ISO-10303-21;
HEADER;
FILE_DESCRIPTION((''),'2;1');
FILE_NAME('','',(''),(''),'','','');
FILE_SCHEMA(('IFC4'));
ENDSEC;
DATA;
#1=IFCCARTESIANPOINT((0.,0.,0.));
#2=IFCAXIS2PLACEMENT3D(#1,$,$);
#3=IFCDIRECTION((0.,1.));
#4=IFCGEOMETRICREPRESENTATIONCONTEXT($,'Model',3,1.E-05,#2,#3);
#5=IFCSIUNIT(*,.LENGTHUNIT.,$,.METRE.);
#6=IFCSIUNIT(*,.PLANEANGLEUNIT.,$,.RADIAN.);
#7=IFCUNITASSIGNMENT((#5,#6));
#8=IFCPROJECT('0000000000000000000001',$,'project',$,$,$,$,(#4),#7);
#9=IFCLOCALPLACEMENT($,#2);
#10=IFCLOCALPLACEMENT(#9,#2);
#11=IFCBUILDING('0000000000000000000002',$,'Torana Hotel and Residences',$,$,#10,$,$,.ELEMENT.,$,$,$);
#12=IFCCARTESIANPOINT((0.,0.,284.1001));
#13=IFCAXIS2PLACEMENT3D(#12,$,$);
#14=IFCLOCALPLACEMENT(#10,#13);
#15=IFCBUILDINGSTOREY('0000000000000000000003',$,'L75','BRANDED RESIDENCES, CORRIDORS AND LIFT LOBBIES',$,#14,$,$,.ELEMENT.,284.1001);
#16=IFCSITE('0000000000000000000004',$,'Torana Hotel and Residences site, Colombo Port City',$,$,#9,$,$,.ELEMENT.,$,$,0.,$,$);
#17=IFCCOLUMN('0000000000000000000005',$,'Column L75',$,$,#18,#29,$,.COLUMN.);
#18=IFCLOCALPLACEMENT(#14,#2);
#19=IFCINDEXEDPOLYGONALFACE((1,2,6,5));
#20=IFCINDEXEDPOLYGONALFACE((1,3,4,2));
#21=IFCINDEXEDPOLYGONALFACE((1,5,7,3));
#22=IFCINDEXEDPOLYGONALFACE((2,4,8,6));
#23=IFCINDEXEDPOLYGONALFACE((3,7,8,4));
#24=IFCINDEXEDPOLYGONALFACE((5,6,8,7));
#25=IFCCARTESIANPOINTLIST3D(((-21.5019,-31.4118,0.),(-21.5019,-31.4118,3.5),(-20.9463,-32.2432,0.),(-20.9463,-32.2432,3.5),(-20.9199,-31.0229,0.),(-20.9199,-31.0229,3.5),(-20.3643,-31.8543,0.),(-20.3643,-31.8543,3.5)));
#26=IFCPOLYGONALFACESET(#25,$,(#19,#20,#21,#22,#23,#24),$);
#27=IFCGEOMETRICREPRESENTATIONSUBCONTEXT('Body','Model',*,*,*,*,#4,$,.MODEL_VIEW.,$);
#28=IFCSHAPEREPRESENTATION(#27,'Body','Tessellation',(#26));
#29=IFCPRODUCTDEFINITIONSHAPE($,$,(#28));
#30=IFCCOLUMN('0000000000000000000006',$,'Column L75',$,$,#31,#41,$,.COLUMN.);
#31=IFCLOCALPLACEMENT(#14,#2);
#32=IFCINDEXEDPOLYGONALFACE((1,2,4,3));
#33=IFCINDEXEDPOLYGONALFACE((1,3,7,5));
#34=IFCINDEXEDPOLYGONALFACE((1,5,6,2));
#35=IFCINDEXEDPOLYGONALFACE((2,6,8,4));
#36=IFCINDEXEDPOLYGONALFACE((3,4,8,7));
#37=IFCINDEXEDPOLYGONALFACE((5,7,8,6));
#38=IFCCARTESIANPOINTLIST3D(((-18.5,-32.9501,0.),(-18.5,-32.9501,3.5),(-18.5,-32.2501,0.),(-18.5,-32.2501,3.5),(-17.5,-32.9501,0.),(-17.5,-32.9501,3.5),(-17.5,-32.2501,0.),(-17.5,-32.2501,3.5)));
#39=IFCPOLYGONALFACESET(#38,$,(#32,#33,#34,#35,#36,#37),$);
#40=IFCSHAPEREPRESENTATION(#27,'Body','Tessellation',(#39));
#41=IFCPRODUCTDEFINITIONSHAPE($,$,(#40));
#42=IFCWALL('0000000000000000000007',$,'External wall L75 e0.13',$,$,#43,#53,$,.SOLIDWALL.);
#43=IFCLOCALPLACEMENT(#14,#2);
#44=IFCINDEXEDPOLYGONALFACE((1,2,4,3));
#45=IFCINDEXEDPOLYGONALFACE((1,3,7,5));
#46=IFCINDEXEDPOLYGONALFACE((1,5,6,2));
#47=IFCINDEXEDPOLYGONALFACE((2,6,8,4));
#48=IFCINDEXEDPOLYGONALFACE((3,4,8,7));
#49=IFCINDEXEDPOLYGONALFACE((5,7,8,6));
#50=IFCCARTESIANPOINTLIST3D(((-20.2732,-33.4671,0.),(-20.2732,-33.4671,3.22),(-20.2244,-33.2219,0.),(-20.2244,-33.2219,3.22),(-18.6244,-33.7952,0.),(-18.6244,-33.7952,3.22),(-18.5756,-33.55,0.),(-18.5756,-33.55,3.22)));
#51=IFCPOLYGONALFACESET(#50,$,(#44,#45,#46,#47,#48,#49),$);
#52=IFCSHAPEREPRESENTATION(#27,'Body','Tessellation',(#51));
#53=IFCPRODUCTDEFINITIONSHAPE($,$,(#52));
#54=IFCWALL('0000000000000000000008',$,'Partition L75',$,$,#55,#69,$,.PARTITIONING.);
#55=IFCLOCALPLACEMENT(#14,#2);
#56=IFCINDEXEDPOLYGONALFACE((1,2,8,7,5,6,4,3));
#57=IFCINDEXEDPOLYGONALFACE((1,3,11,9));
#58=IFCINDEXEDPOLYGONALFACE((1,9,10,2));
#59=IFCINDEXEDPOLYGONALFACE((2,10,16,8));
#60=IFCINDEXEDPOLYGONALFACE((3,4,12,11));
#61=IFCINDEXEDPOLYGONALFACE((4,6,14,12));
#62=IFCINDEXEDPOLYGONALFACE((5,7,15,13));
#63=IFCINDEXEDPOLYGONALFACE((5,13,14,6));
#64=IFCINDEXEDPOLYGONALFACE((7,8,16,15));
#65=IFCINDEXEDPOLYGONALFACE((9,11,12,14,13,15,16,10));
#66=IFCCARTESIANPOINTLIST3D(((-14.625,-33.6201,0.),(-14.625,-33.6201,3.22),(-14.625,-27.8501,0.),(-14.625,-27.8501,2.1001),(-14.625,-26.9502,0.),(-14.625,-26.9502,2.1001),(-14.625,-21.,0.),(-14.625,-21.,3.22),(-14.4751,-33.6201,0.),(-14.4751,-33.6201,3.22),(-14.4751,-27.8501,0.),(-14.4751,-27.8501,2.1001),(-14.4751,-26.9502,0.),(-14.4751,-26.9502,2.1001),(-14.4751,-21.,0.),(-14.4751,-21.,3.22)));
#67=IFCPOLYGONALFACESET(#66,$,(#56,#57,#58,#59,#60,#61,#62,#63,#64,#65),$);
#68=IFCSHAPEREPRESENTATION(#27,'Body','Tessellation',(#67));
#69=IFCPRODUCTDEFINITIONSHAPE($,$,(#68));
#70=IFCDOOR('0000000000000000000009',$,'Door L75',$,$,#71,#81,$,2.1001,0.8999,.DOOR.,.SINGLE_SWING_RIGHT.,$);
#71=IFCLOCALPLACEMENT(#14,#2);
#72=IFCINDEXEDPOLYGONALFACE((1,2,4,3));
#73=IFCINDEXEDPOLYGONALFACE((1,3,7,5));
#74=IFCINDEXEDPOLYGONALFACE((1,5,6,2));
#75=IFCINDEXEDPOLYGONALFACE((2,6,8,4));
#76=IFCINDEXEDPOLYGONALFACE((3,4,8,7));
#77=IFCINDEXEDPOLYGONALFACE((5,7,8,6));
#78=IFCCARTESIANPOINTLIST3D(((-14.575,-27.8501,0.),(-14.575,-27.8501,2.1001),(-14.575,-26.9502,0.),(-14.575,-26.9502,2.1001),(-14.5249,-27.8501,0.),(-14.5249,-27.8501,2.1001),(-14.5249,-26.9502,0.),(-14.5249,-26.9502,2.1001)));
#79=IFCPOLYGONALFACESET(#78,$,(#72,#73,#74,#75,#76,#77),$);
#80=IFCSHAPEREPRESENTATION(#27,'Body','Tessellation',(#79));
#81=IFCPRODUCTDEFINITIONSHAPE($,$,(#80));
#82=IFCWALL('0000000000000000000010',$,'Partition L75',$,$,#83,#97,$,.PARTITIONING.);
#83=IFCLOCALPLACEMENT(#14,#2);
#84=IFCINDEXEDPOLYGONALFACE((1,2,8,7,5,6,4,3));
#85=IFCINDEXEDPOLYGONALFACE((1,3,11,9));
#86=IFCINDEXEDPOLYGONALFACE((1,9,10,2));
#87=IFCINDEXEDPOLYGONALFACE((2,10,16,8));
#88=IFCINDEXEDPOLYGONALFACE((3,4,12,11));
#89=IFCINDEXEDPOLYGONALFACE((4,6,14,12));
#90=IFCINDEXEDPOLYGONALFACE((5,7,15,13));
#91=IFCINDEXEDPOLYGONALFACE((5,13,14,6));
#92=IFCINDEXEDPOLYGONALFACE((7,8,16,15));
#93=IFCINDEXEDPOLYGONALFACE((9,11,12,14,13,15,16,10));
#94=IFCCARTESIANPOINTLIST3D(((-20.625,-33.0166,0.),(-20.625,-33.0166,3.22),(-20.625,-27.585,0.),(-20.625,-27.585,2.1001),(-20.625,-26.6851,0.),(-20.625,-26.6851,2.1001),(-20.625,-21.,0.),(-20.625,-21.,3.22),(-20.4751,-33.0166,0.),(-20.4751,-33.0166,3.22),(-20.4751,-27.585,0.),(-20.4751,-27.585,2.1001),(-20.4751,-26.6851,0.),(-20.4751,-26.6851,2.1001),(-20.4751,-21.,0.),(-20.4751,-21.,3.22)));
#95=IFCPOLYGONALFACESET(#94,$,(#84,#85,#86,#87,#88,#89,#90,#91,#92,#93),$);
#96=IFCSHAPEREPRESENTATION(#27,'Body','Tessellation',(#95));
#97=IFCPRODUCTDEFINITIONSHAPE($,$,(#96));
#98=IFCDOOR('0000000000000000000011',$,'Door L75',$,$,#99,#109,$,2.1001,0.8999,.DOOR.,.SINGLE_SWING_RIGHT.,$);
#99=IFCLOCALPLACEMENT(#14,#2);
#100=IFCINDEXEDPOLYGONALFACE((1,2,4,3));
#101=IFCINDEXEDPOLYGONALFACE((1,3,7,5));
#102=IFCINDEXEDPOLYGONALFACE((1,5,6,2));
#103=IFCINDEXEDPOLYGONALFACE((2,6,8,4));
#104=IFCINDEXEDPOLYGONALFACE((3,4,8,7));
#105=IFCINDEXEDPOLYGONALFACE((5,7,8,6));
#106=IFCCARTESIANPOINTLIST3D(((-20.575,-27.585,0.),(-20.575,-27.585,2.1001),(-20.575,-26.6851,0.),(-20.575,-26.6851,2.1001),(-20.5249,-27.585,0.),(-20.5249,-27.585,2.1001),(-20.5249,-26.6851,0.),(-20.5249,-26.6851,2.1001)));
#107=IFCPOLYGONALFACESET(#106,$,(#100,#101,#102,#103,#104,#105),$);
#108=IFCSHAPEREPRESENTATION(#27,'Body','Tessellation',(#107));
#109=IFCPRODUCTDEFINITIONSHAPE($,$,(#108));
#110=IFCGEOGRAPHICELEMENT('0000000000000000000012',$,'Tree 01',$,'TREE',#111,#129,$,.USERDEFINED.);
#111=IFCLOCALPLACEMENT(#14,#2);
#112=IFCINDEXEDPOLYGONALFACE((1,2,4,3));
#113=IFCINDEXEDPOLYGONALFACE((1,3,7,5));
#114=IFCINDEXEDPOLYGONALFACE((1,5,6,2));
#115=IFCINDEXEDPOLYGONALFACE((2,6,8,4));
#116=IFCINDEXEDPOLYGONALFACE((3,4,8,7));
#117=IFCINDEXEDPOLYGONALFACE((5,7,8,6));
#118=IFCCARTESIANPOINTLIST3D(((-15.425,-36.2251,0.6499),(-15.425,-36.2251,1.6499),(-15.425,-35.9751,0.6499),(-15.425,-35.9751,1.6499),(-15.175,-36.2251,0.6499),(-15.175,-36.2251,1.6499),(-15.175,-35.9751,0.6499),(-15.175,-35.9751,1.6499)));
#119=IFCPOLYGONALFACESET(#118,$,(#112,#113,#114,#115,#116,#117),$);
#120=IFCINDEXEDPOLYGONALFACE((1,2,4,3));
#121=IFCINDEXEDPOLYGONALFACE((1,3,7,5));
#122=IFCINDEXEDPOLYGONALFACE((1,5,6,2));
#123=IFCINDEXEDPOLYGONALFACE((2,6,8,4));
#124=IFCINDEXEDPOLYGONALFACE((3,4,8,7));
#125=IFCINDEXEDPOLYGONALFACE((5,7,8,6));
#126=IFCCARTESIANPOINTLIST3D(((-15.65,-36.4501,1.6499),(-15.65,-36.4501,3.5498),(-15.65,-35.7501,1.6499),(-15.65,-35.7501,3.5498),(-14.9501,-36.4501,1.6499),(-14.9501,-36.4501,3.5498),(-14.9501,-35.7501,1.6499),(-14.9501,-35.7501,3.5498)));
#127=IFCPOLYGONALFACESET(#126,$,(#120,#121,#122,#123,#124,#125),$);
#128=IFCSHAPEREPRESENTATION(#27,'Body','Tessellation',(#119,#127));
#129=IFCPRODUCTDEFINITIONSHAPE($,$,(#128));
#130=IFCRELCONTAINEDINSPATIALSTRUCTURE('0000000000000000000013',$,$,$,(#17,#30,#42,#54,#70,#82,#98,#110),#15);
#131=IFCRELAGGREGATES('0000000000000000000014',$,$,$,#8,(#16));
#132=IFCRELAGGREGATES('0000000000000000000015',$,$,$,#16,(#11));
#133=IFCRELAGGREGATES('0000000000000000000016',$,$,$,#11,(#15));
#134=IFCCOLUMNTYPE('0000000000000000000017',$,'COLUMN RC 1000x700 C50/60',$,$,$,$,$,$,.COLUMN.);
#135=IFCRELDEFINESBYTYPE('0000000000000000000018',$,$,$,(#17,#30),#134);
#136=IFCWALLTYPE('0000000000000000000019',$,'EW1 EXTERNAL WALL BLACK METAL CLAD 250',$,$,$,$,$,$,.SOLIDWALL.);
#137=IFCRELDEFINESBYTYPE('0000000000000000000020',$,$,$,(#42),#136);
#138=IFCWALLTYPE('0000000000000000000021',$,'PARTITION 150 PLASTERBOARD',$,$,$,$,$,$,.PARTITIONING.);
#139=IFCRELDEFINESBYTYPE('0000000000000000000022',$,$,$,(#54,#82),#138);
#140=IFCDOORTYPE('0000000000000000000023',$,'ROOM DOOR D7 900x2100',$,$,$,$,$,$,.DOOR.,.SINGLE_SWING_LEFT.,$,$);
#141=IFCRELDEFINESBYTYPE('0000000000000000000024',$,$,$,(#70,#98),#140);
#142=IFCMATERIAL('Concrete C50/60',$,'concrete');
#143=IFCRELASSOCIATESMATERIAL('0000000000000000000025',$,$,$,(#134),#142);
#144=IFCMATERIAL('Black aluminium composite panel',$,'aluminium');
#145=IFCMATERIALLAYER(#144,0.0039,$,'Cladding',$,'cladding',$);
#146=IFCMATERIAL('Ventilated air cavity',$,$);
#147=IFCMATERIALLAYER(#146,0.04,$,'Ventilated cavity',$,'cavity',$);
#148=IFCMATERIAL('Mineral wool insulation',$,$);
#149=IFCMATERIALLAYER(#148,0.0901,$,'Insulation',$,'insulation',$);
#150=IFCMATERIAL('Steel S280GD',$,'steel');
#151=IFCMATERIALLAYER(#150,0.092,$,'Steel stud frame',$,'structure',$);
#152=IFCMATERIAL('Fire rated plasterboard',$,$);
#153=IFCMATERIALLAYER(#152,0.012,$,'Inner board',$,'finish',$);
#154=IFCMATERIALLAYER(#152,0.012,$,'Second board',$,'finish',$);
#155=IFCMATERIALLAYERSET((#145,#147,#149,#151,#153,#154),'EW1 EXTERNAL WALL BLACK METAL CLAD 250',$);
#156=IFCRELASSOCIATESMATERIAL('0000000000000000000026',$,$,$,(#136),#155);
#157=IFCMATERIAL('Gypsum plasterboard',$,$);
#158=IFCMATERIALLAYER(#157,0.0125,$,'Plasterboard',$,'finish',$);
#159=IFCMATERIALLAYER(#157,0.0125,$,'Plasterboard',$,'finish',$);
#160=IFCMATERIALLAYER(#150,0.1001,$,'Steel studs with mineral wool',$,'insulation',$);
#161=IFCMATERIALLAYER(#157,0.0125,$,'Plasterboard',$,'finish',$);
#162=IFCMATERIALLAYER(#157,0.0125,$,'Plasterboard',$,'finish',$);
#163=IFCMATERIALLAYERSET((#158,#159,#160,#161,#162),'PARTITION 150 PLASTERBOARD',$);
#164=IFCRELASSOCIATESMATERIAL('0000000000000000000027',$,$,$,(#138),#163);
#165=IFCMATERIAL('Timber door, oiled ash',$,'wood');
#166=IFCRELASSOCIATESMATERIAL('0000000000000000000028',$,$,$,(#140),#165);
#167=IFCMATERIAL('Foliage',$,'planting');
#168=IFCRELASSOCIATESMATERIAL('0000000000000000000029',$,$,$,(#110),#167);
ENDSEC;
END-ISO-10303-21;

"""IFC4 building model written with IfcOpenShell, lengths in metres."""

from ifc_helpers import new_model, si_unit, direction, frame, frame_2d, origin, origin_2d, place, context, subcontext, project, spatial, rectangle, extrude, material, layer, layer_set, material_profile, profile_set, type_object, element, fill, save


model = new_model("IFC4")

# Units and contexts
model_context = context("Model", 3, precision=1e-05, world=origin(), true_north=direction((0.0, 1.0)))
body_context = subcontext(model_context, "Body", "Model", "MODEL_VIEW")
ifc_project = project(units=[si_unit("LENGTHUNIT", "METRE"), si_unit("PLANEANGLEUNIT", "RADIAN")], contexts=[model_context])

# Site, building, storey
site_placement = place(None, origin())
site = spatial("IfcSite", under=ifc_project, at=site_placement, Name="Torana Hotel and Residences site, Colombo Port City", CompositionType="ELEMENT", RefElevation=0.0)
building_placement = place(site_placement, origin())
building = spatial("IfcBuilding", under=site, at=building_placement, Name="Torana Hotel and Residences", CompositionType="ELEMENT")
storey_placement = place(building_placement, frame((0.0, 0.0, 284.1001)))
storey = spatial("IfcBuildingStorey", under=building, at=storey_placement, Name="L75", Description="BRANDED RESIDENCES, CORRIDORS AND LIFT LOBBIES", CompositionType="ELEMENT", Elevation=284.1001)

# Columns
ifc_material_1 = material(Name="Concrete C50/60", Category="concrete")
ifc_material_profile = material_profile(ifc_material_1, rectangle(XDim=1.0, YDim=0.7, at=origin_2d()), Name="RC 1000x700")
ifc_profile_set = profile_set([ifc_material_profile], Name="Concrete C50/60")
column_type = type_object("IfcColumnType", Name="COLUMN RC 1000x700 C50/60", PredefinedType="COLUMN", material=ifc_profile_set)
for number, where, z_axis, x_axis, name in (
    (1, (-20.9331, -31.6331, 0.0), (0.0, 0.0, 1.0), (-0.555585, 0.83146, 0.0), "Column L75"),
    (2, (-18.0, -32.6001, 0.0), (0.0, 0.0, 1.0), (1.0, 0.0, 0.0), "Column L75"),
):
    element("IfcColumn", number, at=place(storey_placement, frame(where, z_axis=z_axis, x_axis=x_axis)), inside=storey, type_object=column_type, Name=name, PredefinedType="COLUMN", context=body_context, shape_type="SweptSolid", body=[
        extrude(rectangle(XDim=1.0, YDim=0.7, at=origin_2d()), origin(), (0.0, 0.0, 1.0), 3.5),
    ])

# Wall
ifc_material_2 = material(Name="Black aluminium composite panel", Category="aluminium")
ifc_layer_1 = layer(ifc_material_2, 0.0039, Name="Cladding", Category="cladding")
ifc_material_3 = material(Name="Ventilated air cavity")
ifc_layer_2 = layer(ifc_material_3, 0.04, Name="Ventilated cavity", Category="cavity")
ifc_material_4 = material(Name="Mineral wool insulation")
ifc_layer_3 = layer(ifc_material_4, 0.0901, Name="Insulation", Category="insulation")
ifc_material_5 = material(Name="Steel S280GD", Category="steel")
ifc_layer_4 = layer(ifc_material_5, 0.092, Name="Steel stud frame", Category="structure")
ifc_material_6 = material(Name="Fire rated plasterboard")
ifc_layer_5 = layer(ifc_material_6, 0.012, Name="Inner board", Category="finish")
ifc_layer_6 = layer(ifc_material_6, 0.012, Name="Second board", Category="finish")
ifc_layer_set_1 = layer_set([ifc_layer_1, ifc_layer_2, ifc_layer_3, ifc_layer_4, ifc_layer_5, ifc_layer_6], Name="EW1 EXTERNAL WALL BLACK METAL CLAD 250")
wall_type_1 = type_object("IfcWallType", Name="EW1 EXTERNAL WALL BLACK METAL CLAD 250", PredefinedType="SOLIDWALL", material=ifc_layer_set_1)
wall_1_placement = place(storey_placement, frame((-20.2488, -33.3445, 0.0), z_axis=(0.0, 0.0, 1.0), x_axis=(0.98077, -0.195167, 0.0)))
element("IfcWall", 3, at=wall_1_placement, inside=storey, type_object=wall_type_1, Name="External wall L75 e0.13", PredefinedType="SOLIDWALL", context=body_context, shape_type="SweptSolid", body=[
    extrude(rectangle(XDim=1.6812, YDim=0.25, at=frame_2d((0.8406, 0.0))), origin(), (0.0, 0.0, 1.0), 3.22),
])

# Walls, openings, doors
ifc_material_7 = material(Name="Gypsum plasterboard")
ifc_layer_7 = layer(ifc_material_7, 0.0125, Name="Plasterboard", Category="finish")
ifc_layer_8 = layer(ifc_material_7, 0.0125, Name="Plasterboard", Category="finish")
ifc_layer_9 = layer(ifc_material_5, 0.1001, Name="Steel studs with mineral wool", Category="insulation")
ifc_layer_10 = layer(ifc_material_7, 0.0125, Name="Plasterboard", Category="finish")
ifc_layer_11 = layer(ifc_material_7, 0.0125, Name="Plasterboard", Category="finish")
ifc_layer_set_2 = layer_set([ifc_layer_7, ifc_layer_8, ifc_layer_9, ifc_layer_10, ifc_layer_11], Name="PARTITION 150 PLASTERBOARD")
wall_type_2 = type_object("IfcWallType", Name="PARTITION 150 PLASTERBOARD", PredefinedType="PARTITIONING", material=ifc_layer_set_2)
wall_2_placement = place(storey_placement, frame((-14.55, -33.6201, 0.0), z_axis=(0.0, 0.0, 1.0), x_axis=(0.0, 1.0, 0.0)))
wall_2 = element("IfcWall", 4, at=wall_2_placement, inside=storey, type_object=wall_type_2, Name="Partition L75", PredefinedType="PARTITIONING", context=body_context, shape_type="SweptSolid", body=[
    extrude(rectangle(XDim=12.6201, YDim=0.1499, at=frame_2d((6.3101, 0.0))), origin(), (0.0, 0.0, 1.0), 3.22),
])
opening_1_placement = place(wall_2_placement, frame((5.77, 0.0, 0.0)))
opening_1 = element("IfcOpeningElement", 5, at=opening_1_placement, cuts=wall_2, PredefinedType="OPENING", context=body_context, shape_type="SweptSolid", body=[
    extrude(rectangle(XDim=0.8999, YDim=2.1001, at=frame_2d((0.45, 1.05))), frame((0.0, 0.085, 0.0), z_axis=(0.0, -1.0, 0.0), x_axis=(1.0, 0.0, 0.0)), (0.0, 0.0, 1.0), 0.1699),
])
ifc_material_8 = material(Name="Timber door, oiled ash", Category="wood")
door_type_1 = type_object("IfcDoorType", Name="ROOM DOOR D7 900x2100", OperationType="SINGLE_SWING_LEFT", PredefinedType="DOOR", material=ifc_material_8)
door_1_placement = place(opening_1_placement, origin())
door_1 = element("IfcDoor", 6, at=door_1_placement, inside=storey, type_object=door_type_1, Name="Door L75", OperationType="SINGLE_SWING_RIGHT", OverallHeight=2.1001, OverallWidth=0.8999, PredefinedType="DOOR", context=body_context, shape_type="SweptSolid", body=[
    extrude(rectangle(XDim=0.8999, YDim=2.1001, at=frame_2d((0.45, 1.05))), frame((0.0, 0.0249, 0.0), z_axis=(0.0, -1.0, 0.0), x_axis=(1.0, 0.0, 0.0)), (0.0, 0.0, 1.0), 0.05),
])
fill(opening_1, door_1)
wall_3_placement = place(storey_placement, frame((-20.55, -33.0166, 0.0), z_axis=(0.0, 0.0, 1.0), x_axis=(0.0, 1.0, 0.0)))
wall_3 = element("IfcWall", 7, at=wall_3_placement, inside=storey, type_object=wall_type_2, Name="Partition L75", PredefinedType="PARTITIONING", context=body_context, shape_type="SweptSolid", body=[
    extrude(rectangle(XDim=12.0166, YDim=0.1499, at=frame_2d((6.0083, 0.0))), origin(), (0.0, 0.0, 1.0), 3.22),
])
opening_2_placement = place(wall_3_placement, frame((5.4316, 0.0, 0.0)))
opening_2 = element("IfcOpeningElement", 8, at=opening_2_placement, cuts=wall_3, PredefinedType="OPENING", context=body_context, shape_type="SweptSolid", body=[
    extrude(rectangle(XDim=0.8999, YDim=2.1001, at=frame_2d((0.45, 1.05))), frame((0.0, 0.085, 0.0), z_axis=(0.0, -1.0, 0.0), x_axis=(1.0, 0.0, 0.0)), (0.0, 0.0, 1.0), 0.1699),
])
door_2_placement = place(opening_2_placement, origin())
door_2 = element("IfcDoor", 9, at=door_2_placement, inside=storey, type_object=door_type_1, Name="Door L75", OperationType="SINGLE_SWING_RIGHT", OverallHeight=2.1001, OverallWidth=0.8999, PredefinedType="DOOR", context=body_context, shape_type="SweptSolid", body=[
    extrude(rectangle(XDim=0.8999, YDim=2.1001, at=frame_2d((0.45, 1.05))), frame((0.0, 0.0249, 0.0), z_axis=(0.0, -1.0, 0.0), x_axis=(1.0, 0.0, 0.0)), (0.0, 0.0, 1.0), 0.05),
])
fill(opening_2, door_2)

# Geographic element
ifc_material_9 = material(Name="Foliage", Category="planting")
geographic_element_placement = place(storey_placement, frame((-15.3, -36.1001, 0.6499), z_axis=(0.0, 0.0, 1.0), x_axis=(1.0, 0.0, 0.0)))
element("IfcGeographicElement", 10, at=geographic_element_placement, inside=storey, material=ifc_material_9, Name="Tree 01", ObjectType="TREE", PredefinedType="USERDEFINED", context=body_context, shape_type="SweptSolid", body=[
    extrude(rectangle(XDim=0.25, YDim=0.25, at=origin_2d()), origin(), (0.0, 0.0, 1.0), 1.0),
    extrude(rectangle(XDim=0.7, YDim=0.7, at=origin_2d()), frame((0.0, 0.0, 1.0)), (0.0, 0.0, 1.0), 1.8999),
])

save(model, "model.ifc")
